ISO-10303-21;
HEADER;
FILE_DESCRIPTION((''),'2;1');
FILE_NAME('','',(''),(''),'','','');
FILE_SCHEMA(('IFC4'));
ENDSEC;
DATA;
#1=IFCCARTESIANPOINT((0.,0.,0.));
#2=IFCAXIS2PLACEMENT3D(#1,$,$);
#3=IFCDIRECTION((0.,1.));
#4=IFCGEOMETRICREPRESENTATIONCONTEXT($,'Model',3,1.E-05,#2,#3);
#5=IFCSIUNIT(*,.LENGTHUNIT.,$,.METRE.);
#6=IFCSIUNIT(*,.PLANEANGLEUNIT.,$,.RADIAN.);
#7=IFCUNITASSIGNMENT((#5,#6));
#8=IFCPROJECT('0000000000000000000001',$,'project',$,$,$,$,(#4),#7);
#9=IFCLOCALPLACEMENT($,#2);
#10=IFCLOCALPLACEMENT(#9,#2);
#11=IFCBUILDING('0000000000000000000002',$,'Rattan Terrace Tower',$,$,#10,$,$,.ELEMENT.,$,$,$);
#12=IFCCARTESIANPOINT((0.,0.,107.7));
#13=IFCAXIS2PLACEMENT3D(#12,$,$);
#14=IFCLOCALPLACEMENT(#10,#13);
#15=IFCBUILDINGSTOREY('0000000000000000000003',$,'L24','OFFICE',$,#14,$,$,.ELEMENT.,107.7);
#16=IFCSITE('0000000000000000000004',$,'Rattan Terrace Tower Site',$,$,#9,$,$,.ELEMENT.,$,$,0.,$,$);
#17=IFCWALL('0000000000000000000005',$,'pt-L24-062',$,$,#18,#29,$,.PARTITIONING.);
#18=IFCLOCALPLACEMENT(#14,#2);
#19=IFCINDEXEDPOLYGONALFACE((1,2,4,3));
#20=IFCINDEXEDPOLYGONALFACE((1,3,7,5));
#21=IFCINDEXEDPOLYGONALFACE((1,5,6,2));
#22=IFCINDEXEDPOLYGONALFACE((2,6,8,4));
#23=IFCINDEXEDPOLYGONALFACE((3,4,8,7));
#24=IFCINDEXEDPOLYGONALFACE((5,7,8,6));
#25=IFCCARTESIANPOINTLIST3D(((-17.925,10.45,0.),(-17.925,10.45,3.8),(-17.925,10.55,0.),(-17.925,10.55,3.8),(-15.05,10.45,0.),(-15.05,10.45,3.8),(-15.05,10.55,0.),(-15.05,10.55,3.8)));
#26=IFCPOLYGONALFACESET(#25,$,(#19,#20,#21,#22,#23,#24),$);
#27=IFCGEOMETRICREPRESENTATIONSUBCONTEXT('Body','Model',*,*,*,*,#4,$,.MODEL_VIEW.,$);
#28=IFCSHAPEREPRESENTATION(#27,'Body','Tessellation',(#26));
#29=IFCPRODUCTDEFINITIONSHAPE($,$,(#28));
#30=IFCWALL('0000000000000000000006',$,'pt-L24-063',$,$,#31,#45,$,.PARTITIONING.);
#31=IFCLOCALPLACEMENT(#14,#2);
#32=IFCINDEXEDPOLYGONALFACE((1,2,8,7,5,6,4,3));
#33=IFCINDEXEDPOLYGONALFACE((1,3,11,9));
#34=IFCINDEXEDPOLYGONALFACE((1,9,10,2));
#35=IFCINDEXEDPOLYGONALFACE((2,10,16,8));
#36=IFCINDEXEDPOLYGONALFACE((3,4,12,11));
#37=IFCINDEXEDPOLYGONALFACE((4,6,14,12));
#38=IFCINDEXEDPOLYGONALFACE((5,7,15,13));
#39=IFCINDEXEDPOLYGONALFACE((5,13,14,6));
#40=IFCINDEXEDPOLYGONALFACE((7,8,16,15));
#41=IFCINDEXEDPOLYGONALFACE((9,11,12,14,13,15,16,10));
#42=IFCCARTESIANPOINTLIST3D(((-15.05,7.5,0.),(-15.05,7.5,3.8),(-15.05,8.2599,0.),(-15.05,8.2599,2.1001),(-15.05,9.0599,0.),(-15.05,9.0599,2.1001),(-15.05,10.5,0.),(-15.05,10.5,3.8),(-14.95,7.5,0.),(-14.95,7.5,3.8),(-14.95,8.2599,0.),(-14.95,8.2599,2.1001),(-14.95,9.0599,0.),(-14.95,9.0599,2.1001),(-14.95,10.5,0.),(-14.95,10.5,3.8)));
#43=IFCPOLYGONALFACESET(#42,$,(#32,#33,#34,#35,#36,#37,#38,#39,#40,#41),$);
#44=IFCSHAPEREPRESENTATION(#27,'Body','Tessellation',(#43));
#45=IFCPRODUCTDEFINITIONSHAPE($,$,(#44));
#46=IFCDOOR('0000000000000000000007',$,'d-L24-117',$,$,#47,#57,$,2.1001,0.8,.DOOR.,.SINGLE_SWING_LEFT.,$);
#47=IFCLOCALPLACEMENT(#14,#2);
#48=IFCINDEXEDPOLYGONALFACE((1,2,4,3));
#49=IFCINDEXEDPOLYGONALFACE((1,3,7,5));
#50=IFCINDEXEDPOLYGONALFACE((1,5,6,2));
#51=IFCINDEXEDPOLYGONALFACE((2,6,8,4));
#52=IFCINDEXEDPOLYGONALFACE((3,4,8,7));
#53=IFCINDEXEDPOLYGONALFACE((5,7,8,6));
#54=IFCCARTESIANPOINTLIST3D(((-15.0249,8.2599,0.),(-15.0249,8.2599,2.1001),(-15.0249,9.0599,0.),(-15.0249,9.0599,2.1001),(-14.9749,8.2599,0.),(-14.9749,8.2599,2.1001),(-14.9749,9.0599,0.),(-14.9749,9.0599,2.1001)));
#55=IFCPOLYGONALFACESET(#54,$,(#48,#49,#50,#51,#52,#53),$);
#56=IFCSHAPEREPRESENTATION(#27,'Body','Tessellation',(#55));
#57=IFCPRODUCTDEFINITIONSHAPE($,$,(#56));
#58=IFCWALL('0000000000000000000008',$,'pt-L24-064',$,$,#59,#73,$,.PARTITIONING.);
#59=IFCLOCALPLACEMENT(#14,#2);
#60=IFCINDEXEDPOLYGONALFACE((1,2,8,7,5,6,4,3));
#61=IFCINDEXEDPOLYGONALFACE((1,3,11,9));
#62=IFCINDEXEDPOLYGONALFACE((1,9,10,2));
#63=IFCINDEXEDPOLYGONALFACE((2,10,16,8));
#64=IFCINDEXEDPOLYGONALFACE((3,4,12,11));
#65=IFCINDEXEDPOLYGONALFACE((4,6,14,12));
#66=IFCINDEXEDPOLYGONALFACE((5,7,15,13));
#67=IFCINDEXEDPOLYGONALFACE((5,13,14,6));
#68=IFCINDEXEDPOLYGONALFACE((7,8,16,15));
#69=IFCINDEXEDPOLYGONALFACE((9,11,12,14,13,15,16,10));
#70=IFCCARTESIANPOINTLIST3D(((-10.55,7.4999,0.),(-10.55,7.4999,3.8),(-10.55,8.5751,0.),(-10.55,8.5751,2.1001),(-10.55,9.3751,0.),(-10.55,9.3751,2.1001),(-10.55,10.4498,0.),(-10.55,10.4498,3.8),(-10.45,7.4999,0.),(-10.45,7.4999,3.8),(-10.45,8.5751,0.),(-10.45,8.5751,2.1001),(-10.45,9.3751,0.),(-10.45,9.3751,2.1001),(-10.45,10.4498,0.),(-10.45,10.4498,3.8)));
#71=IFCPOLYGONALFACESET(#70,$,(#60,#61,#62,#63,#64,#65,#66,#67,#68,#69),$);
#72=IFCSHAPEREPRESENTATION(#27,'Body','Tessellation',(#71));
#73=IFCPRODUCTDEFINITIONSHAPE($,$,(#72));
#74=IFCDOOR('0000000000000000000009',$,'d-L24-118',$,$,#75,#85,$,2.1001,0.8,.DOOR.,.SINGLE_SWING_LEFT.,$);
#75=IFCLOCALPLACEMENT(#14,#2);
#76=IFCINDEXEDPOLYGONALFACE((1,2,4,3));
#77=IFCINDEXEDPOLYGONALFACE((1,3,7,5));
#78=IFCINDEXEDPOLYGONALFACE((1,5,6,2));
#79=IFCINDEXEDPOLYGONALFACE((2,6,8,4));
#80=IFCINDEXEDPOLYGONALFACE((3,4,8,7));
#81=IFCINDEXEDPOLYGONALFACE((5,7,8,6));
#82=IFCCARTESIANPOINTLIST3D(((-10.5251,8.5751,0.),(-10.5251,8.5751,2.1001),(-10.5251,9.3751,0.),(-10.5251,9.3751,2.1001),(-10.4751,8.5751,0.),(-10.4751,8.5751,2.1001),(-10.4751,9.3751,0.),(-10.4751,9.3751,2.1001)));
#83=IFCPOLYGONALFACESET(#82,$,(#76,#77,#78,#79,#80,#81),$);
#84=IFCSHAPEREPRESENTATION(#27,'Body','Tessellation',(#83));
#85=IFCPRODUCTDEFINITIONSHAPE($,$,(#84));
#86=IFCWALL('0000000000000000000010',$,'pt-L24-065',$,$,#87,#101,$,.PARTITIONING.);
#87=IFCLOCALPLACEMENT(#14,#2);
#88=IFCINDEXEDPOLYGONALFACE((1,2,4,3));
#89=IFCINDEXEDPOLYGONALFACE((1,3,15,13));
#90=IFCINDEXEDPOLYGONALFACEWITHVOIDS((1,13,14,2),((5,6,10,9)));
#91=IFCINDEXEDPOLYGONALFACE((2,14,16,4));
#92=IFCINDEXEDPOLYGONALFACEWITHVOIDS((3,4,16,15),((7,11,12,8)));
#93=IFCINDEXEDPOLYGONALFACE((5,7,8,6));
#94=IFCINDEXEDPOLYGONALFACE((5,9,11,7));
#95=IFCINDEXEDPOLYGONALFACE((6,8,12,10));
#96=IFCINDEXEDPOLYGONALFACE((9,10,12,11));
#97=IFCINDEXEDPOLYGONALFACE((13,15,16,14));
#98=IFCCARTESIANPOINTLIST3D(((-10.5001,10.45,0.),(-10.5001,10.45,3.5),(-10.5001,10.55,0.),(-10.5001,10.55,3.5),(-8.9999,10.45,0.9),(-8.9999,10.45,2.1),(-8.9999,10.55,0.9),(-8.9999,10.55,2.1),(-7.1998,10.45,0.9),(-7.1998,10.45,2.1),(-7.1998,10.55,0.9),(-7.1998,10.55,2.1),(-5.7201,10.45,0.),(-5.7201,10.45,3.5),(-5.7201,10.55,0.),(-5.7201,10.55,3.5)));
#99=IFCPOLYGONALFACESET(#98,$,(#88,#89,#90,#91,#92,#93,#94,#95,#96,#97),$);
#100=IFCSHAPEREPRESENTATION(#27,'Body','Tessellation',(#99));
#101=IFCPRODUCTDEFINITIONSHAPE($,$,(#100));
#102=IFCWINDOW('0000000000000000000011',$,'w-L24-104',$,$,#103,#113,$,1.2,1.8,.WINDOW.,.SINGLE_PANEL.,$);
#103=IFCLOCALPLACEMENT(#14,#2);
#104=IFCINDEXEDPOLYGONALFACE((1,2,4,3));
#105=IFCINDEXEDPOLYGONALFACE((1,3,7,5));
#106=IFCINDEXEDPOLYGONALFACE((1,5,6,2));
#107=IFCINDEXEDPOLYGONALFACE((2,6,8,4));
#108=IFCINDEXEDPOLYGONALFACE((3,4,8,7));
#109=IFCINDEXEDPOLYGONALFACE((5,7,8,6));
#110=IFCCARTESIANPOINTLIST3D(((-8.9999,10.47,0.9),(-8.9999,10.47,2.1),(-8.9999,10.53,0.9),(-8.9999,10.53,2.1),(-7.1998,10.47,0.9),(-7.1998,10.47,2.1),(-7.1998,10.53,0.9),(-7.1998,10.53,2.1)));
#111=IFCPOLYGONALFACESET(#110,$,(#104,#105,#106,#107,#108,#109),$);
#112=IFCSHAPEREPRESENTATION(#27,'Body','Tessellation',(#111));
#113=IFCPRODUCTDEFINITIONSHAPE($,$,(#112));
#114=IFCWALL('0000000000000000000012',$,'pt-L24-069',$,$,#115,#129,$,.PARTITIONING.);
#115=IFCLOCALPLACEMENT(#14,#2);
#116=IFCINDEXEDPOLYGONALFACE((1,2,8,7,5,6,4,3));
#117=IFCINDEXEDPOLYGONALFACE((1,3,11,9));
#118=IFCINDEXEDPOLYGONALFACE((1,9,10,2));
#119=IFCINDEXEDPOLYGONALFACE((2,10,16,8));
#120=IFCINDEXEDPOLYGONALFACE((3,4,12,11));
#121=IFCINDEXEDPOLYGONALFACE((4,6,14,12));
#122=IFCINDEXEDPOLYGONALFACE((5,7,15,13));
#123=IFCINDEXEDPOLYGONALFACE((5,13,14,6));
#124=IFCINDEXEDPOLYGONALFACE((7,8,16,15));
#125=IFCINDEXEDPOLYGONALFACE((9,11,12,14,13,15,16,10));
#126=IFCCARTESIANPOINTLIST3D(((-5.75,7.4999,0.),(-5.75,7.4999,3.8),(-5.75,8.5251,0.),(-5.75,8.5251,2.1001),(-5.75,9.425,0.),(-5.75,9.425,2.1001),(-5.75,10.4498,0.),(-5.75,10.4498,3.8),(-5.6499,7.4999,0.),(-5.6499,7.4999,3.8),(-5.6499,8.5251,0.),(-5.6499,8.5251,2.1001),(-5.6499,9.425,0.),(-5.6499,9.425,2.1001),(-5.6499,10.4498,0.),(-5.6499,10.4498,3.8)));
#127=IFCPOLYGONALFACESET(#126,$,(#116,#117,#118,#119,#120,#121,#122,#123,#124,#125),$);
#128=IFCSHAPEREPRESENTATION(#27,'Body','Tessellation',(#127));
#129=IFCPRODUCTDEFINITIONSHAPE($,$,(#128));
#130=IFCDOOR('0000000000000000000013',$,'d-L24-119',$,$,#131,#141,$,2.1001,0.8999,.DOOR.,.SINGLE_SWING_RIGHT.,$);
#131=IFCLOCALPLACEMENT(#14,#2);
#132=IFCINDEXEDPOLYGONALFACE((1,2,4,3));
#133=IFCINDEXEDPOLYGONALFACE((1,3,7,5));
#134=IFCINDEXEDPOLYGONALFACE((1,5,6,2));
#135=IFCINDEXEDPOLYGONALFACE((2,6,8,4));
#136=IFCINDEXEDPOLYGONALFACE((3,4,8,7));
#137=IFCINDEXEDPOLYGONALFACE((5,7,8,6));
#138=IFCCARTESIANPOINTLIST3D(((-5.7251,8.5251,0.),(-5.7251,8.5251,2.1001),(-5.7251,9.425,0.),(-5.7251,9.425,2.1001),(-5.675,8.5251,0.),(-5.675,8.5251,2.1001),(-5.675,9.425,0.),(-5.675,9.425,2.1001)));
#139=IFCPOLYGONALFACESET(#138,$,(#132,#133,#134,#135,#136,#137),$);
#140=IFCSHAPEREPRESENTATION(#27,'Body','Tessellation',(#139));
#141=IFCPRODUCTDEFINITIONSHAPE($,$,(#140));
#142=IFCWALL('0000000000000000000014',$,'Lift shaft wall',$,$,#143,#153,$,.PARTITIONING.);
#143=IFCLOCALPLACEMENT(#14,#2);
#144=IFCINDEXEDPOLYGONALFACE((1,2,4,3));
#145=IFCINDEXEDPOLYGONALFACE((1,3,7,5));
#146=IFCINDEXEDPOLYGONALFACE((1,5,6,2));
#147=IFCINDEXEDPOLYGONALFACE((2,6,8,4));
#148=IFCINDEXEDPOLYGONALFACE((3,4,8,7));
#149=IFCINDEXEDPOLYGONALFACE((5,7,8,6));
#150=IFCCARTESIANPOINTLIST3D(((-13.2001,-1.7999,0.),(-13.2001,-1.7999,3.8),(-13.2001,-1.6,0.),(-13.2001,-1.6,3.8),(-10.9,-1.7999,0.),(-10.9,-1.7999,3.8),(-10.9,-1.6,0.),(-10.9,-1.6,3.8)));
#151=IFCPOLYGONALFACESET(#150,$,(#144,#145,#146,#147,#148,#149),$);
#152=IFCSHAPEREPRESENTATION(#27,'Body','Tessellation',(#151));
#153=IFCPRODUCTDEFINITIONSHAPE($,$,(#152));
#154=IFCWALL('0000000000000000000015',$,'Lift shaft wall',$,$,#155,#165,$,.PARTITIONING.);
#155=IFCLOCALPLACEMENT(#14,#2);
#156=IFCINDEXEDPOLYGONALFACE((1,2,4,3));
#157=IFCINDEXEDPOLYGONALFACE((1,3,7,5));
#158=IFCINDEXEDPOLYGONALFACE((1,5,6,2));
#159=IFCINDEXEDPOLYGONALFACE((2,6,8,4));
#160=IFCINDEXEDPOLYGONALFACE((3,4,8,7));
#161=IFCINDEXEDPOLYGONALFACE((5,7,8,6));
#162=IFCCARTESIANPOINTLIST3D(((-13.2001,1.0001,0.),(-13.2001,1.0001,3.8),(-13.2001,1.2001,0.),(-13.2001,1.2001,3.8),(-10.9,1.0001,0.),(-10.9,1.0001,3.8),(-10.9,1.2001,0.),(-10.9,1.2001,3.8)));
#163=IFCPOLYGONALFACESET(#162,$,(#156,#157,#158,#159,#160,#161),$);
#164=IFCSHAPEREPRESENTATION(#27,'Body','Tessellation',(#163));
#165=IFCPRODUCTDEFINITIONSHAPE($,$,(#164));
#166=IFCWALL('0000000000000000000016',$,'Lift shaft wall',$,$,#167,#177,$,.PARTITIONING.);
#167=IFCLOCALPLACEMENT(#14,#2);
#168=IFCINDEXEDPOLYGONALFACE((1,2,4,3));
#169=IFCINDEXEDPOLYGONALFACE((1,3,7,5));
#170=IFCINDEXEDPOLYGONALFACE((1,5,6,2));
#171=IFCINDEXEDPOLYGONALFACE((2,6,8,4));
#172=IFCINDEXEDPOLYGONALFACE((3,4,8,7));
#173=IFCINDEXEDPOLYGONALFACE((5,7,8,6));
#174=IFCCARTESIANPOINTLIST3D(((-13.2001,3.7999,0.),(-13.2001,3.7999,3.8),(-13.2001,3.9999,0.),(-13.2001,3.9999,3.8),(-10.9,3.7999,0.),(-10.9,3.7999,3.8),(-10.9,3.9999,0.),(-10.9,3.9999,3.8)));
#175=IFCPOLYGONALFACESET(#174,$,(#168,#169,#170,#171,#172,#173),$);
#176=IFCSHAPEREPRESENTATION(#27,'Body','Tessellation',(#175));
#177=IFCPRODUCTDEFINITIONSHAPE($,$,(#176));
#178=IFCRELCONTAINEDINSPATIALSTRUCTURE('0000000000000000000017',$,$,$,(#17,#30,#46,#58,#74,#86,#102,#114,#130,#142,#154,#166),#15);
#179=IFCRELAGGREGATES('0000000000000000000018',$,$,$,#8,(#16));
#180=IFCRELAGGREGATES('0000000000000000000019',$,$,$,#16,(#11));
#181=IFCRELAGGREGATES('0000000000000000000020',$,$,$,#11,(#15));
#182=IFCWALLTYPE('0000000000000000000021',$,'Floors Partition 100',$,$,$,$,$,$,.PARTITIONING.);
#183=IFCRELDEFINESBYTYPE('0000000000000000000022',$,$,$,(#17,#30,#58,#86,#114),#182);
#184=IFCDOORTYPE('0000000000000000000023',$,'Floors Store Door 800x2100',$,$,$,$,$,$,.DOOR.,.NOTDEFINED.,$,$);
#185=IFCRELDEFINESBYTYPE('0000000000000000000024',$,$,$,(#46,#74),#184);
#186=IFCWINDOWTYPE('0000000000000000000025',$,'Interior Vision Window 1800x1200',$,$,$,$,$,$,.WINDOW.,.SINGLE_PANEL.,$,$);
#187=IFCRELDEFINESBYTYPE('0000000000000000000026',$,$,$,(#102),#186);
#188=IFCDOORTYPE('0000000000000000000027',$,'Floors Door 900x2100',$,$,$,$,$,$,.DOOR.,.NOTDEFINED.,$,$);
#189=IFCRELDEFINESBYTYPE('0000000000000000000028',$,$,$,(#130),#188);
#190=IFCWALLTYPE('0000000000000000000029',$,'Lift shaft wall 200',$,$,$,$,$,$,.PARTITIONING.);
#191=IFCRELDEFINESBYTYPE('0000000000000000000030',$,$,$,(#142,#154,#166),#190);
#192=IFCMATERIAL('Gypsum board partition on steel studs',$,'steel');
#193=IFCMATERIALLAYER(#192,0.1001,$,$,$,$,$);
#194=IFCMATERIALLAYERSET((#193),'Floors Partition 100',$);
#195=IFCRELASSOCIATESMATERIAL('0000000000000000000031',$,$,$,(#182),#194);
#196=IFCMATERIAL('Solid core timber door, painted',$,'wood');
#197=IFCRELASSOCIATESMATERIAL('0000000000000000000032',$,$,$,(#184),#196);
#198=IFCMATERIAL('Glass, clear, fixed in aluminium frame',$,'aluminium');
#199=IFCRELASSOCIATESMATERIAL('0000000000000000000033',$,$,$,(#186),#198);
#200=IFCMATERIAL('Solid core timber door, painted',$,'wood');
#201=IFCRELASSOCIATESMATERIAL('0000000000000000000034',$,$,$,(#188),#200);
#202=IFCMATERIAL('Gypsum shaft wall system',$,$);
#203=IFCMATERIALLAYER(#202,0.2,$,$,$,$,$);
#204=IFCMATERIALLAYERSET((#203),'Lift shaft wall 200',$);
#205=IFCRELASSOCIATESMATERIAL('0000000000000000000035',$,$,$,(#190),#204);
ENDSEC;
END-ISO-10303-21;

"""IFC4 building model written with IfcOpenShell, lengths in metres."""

from ifc_helpers import new_model, si_unit, direction, frame, frame_2d, origin, place, context, subcontext, project, spatial, rectangle, extrude, material, layer, layer_set, type_object, element, fill, save


model = new_model("IFC4")

# Units and contexts
model_context = context("Model", 3, precision=1e-05, world=origin(), true_north=direction((0.0, 1.0)))
body_context = subcontext(model_context, "Body", "Model", "MODEL_VIEW")
ifc_project = project(units=[si_unit("LENGTHUNIT", "METRE"), si_unit("PLANEANGLEUNIT", "RADIAN")], contexts=[model_context])

# Site, building, storey
site_placement = place(None, origin())
site = spatial("IfcSite", under=ifc_project, at=site_placement, Name="Rattan Terrace Tower Site", CompositionType="ELEMENT", RefElevation=0.0)
building_placement = place(site_placement, origin())
building = spatial("IfcBuilding", under=site, at=building_placement, Name="Rattan Terrace Tower", CompositionType="ELEMENT")
storey_placement = place(building_placement, frame((0.0, 0.0, 107.7)))
storey = spatial("IfcBuildingStorey", under=building, at=storey_placement, Name="L24", Description="OFFICE", CompositionType="ELEMENT", Elevation=107.7)

# Wall
ifc_material_1 = material(Name="Gypsum board partition on steel studs", Category="steel")
ifc_layer_1 = layer(ifc_material_1, 0.1001)
ifc_layer_set_1 = layer_set([ifc_layer_1], Name="Floors Partition 100")
wall_type_1 = type_object("IfcWallType", Name="Floors Partition 100", PredefinedType="PARTITIONING", material=ifc_layer_set_1)
wall_1_placement = place(storey_placement, frame((-15.05, 10.5, 0.0), z_axis=(0.0, 0.0, 1.0), x_axis=(-1.0, 0.0, 0.0)))
element("IfcWall", 1, at=wall_1_placement, inside=storey, type_object=wall_type_1, Name="pt-L24-062", PredefinedType="PARTITIONING", context=body_context, shape_type="SweptSolid", body=[
    extrude(rectangle(XDim=2.875, YDim=0.1001, at=frame_2d((1.4375, 0.0))), origin(), (0.0, 0.0, 1.0), 3.8),
])

# Walls, openings, doors
wall_2_placement = place(storey_placement, frame((-15.0, 7.5, 0.0), z_axis=(0.0, 0.0, 1.0), x_axis=(0.0, 1.0, 0.0)))
wall_2 = element("IfcWall", 2, at=wall_2_placement, inside=storey, type_object=wall_type_1, Name="pt-L24-063", PredefinedType="PARTITIONING", context=body_context, shape_type="SweptSolid", body=[
    extrude(rectangle(XDim=3.0, YDim=0.1001, at=frame_2d((1.5, 0.0))), origin(), (0.0, 0.0, 1.0), 3.8),
])
opening_1_placement = place(wall_2_placement, frame((0.76, 0.0, 0.0)))
opening_1 = element("IfcOpeningElement", 3, at=opening_1_placement, cuts=wall_2, PredefinedType="OPENING", context=body_context, shape_type="SweptSolid", body=[
    extrude(rectangle(XDim=0.8, YDim=2.1001, at=frame_2d((0.3999, 1.05))), frame((0.0, 0.0605, 0.0), z_axis=(0.0, -1.0, 0.0), x_axis=(1.0, 0.0, 0.0)), (0.0, 0.0, 1.0), 0.1211),
])
ifc_material_2 = material(Name="Solid core timber door, painted", Category="wood")
door_type_1 = type_object("IfcDoorType", Name="Floors Store Door 800x2100", OperationType="NOTDEFINED", PredefinedType="DOOR", material=ifc_material_2)
door_1_placement = place(opening_1_placement, origin())
door_1 = element("IfcDoor", 4, at=door_1_placement, inside=storey, type_object=door_type_1, Name="d-L24-117", OperationType="SINGLE_SWING_LEFT", OverallHeight=2.1001, OverallWidth=0.8, PredefinedType="DOOR", context=body_context, shape_type="SweptSolid", body=[
    extrude(rectangle(XDim=0.8, YDim=2.1001, at=frame_2d((0.3999, 1.05))), frame((0.0, 0.0249, 0.0), z_axis=(0.0, -1.0, 0.0), x_axis=(1.0, 0.0, 0.0)), (0.0, 0.0, 1.0), 0.05),
])
fill(opening_1, door_1)
wall_3_placement = place(storey_placement, frame((-10.5, 10.45, 0.0), z_axis=(0.0, 0.0, 1.0), x_axis=(0.0, -1.0, 0.0)))
wall_3 = element("IfcWall", 5, at=wall_3_placement, inside=storey, type_object=wall_type_1, Name="pt-L24-064", PredefinedType="PARTITIONING", context=body_context, shape_type="SweptSolid", body=[
    extrude(rectangle(XDim=2.95, YDim=0.1001, at=frame_2d((1.4751, 0.0))), origin(), (0.0, 0.0, 1.0), 3.8),
])
opening_2_placement = place(wall_3_placement, frame((1.075, 0.0, 0.0)))
opening_2 = element("IfcOpeningElement", 6, at=opening_2_placement, cuts=wall_3, PredefinedType="OPENING", context=body_context, shape_type="SweptSolid", body=[
    extrude(rectangle(XDim=0.8, YDim=2.1001, at=frame_2d((0.3999, 1.05))), frame((0.0, 0.0605, 0.0), z_axis=(0.0, -1.0, 0.0), x_axis=(1.0, 0.0, 0.0)), (0.0, 0.0, 1.0), 0.1211),
])
door_2_placement = place(opening_2_placement, origin())
door_2 = element("IfcDoor", 7, at=door_2_placement, inside=storey, type_object=door_type_1, Name="d-L24-118", OperationType="SINGLE_SWING_LEFT", OverallHeight=2.1001, OverallWidth=0.8, PredefinedType="DOOR", context=body_context, shape_type="SweptSolid", body=[
    extrude(rectangle(XDim=0.8, YDim=2.1001, at=frame_2d((0.3999, 1.05))), frame((0.0, 0.0249, 0.0), z_axis=(0.0, -1.0, 0.0), x_axis=(1.0, 0.0, 0.0)), (0.0, 0.0, 1.0), 0.05),
])
fill(opening_2, door_2)

# Wall, opening, window
wall_4_placement = place(storey_placement, frame((-5.72, 10.5, 0.0), z_axis=(0.0, 0.0, 1.0), x_axis=(-1.0, 0.0, 0.0)))
wall_4 = element("IfcWall", 8, at=wall_4_placement, inside=storey, type_object=wall_type_1, Name="pt-L24-065", PredefinedType="PARTITIONING", context=body_context, shape_type="SweptSolid", body=[
    extrude(rectangle(XDim=4.78, YDim=0.1001, at=frame_2d((2.3901, 0.0))), origin(), (0.0, 0.0, 1.0), 3.5),
])
opening_3_placement = place(wall_4_placement, frame((1.48, 0.0, 0.8999)))
opening_3 = element("IfcOpeningElement", 9, at=opening_3_placement, cuts=wall_4, PredefinedType="OPENING", context=body_context, shape_type="SweptSolid", body=[
    extrude(rectangle(XDim=1.8, YDim=1.2, at=frame_2d((0.8999, 0.6001))), frame((0.0, 0.0605, 0.0), z_axis=(0.0, -1.0, 0.0), x_axis=(1.0, 0.0, 0.0)), (0.0, 0.0, 1.0), 0.1211),
])
ifc_material_3 = material(Name="Glass, clear, fixed in aluminium frame", Category="aluminium")
window_type = type_object("IfcWindowType", Name="Interior Vision Window 1800x1200", PartitioningType="SINGLE_PANEL", PredefinedType="WINDOW", material=ifc_material_3)
window_placement = place(opening_3_placement, origin())
window = element("IfcWindow", 10, at=window_placement, inside=storey, type_object=window_type, Name="w-L24-104", OverallHeight=1.2, OverallWidth=1.8, PartitioningType="SINGLE_PANEL", PredefinedType="WINDOW", context=body_context, shape_type="SweptSolid", body=[
    extrude(rectangle(XDim=1.8, YDim=1.2, at=frame_2d((0.8999, 0.6001))), frame((0.0, 0.03, 0.0), z_axis=(0.0, -1.0, 0.0), x_axis=(1.0, 0.0, 0.0)), (0.0, 0.0, 1.0), 0.0601),
])
fill(opening_3, window)

# Wall, opening, door
wall_5_placement = place(storey_placement, frame((-5.7, 10.45, 0.0), z_axis=(0.0, 0.0, 1.0), x_axis=(0.0, -1.0, 0.0)))
wall_5 = element("IfcWall", 11, at=wall_5_placement, inside=storey, type_object=wall_type_1, Name="pt-L24-069", PredefinedType="PARTITIONING", context=body_context, shape_type="SweptSolid", body=[
    extrude(rectangle(XDim=2.95, YDim=0.1001, at=frame_2d((1.4751, 0.0))), origin(), (0.0, 0.0, 1.0), 3.8),
])
opening_4_placement = place(wall_5_placement, frame((1.0249, 0.0, 0.0)))
opening_4 = element("IfcOpeningElement", 12, at=opening_4_placement, cuts=wall_5, PredefinedType="OPENING", context=body_context, shape_type="SweptSolid", body=[
    extrude(rectangle(XDim=0.8999, YDim=2.1001, at=frame_2d((0.45, 1.05))), frame((0.0, 0.0605, 0.0), z_axis=(0.0, -1.0, 0.0), x_axis=(1.0, 0.0, 0.0)), (0.0, 0.0, 1.0), 0.1211),
])
ifc_material_4 = material(Name="Solid core timber door, painted", Category="wood")
door_type_2 = type_object("IfcDoorType", Name="Floors Door 900x2100", OperationType="NOTDEFINED", PredefinedType="DOOR", material=ifc_material_4)
door_3_placement = place(opening_4_placement, origin())
door_3 = element("IfcDoor", 13, at=door_3_placement, inside=storey, type_object=door_type_2, Name="d-L24-119", OperationType="SINGLE_SWING_RIGHT", OverallHeight=2.1001, OverallWidth=0.8999, PredefinedType="DOOR", context=body_context, shape_type="SweptSolid", body=[
    extrude(rectangle(XDim=0.8999, YDim=2.1001, at=frame_2d((0.45, 1.05))), frame((0.0, 0.0249, 0.0), z_axis=(0.0, -1.0, 0.0), x_axis=(1.0, 0.0, 0.0)), (0.0, 0.0, 1.0), 0.05),
])
fill(opening_4, door_3)

# Walls
ifc_material_5 = material(Name="Gypsum shaft wall system")
ifc_layer_2 = layer(ifc_material_5, 0.2)
ifc_layer_set_2 = layer_set([ifc_layer_2], Name="Lift shaft wall 200")
wall_type_2 = type_object("IfcWallType", Name="Lift shaft wall 200", PredefinedType="PARTITIONING", material=ifc_layer_set_2)
for number, where, z_axis, x_axis, name in (
    (14, (-13.2, -1.7, 0.0), (0.0, 0.0, 1.0), (1.0, 0.0, 0.0), "Lift shaft wall"),
    (15, (-13.2, 1.1001, 0.0), (0.0, 0.0, 1.0), (1.0, 0.0, 0.0), "Lift shaft wall"),
    (16, (-13.2, 3.8999, 0.0), (0.0, 0.0, 1.0), (1.0, 0.0, 0.0), "Lift shaft wall"),
):
    element("IfcWall", number, at=place(storey_placement, frame(where, z_axis=z_axis, x_axis=x_axis)), inside=storey, type_object=wall_type_2, Name=name, PredefinedType="PARTITIONING", context=body_context, shape_type="SweptSolid", body=[
        extrude(rectangle(XDim=2.3, YDim=0.2, at=frame_2d((1.1499, 0.0))), origin(), (0.0, 0.0, 1.0), 3.8),
    ])

save(model, "model.ifc")
